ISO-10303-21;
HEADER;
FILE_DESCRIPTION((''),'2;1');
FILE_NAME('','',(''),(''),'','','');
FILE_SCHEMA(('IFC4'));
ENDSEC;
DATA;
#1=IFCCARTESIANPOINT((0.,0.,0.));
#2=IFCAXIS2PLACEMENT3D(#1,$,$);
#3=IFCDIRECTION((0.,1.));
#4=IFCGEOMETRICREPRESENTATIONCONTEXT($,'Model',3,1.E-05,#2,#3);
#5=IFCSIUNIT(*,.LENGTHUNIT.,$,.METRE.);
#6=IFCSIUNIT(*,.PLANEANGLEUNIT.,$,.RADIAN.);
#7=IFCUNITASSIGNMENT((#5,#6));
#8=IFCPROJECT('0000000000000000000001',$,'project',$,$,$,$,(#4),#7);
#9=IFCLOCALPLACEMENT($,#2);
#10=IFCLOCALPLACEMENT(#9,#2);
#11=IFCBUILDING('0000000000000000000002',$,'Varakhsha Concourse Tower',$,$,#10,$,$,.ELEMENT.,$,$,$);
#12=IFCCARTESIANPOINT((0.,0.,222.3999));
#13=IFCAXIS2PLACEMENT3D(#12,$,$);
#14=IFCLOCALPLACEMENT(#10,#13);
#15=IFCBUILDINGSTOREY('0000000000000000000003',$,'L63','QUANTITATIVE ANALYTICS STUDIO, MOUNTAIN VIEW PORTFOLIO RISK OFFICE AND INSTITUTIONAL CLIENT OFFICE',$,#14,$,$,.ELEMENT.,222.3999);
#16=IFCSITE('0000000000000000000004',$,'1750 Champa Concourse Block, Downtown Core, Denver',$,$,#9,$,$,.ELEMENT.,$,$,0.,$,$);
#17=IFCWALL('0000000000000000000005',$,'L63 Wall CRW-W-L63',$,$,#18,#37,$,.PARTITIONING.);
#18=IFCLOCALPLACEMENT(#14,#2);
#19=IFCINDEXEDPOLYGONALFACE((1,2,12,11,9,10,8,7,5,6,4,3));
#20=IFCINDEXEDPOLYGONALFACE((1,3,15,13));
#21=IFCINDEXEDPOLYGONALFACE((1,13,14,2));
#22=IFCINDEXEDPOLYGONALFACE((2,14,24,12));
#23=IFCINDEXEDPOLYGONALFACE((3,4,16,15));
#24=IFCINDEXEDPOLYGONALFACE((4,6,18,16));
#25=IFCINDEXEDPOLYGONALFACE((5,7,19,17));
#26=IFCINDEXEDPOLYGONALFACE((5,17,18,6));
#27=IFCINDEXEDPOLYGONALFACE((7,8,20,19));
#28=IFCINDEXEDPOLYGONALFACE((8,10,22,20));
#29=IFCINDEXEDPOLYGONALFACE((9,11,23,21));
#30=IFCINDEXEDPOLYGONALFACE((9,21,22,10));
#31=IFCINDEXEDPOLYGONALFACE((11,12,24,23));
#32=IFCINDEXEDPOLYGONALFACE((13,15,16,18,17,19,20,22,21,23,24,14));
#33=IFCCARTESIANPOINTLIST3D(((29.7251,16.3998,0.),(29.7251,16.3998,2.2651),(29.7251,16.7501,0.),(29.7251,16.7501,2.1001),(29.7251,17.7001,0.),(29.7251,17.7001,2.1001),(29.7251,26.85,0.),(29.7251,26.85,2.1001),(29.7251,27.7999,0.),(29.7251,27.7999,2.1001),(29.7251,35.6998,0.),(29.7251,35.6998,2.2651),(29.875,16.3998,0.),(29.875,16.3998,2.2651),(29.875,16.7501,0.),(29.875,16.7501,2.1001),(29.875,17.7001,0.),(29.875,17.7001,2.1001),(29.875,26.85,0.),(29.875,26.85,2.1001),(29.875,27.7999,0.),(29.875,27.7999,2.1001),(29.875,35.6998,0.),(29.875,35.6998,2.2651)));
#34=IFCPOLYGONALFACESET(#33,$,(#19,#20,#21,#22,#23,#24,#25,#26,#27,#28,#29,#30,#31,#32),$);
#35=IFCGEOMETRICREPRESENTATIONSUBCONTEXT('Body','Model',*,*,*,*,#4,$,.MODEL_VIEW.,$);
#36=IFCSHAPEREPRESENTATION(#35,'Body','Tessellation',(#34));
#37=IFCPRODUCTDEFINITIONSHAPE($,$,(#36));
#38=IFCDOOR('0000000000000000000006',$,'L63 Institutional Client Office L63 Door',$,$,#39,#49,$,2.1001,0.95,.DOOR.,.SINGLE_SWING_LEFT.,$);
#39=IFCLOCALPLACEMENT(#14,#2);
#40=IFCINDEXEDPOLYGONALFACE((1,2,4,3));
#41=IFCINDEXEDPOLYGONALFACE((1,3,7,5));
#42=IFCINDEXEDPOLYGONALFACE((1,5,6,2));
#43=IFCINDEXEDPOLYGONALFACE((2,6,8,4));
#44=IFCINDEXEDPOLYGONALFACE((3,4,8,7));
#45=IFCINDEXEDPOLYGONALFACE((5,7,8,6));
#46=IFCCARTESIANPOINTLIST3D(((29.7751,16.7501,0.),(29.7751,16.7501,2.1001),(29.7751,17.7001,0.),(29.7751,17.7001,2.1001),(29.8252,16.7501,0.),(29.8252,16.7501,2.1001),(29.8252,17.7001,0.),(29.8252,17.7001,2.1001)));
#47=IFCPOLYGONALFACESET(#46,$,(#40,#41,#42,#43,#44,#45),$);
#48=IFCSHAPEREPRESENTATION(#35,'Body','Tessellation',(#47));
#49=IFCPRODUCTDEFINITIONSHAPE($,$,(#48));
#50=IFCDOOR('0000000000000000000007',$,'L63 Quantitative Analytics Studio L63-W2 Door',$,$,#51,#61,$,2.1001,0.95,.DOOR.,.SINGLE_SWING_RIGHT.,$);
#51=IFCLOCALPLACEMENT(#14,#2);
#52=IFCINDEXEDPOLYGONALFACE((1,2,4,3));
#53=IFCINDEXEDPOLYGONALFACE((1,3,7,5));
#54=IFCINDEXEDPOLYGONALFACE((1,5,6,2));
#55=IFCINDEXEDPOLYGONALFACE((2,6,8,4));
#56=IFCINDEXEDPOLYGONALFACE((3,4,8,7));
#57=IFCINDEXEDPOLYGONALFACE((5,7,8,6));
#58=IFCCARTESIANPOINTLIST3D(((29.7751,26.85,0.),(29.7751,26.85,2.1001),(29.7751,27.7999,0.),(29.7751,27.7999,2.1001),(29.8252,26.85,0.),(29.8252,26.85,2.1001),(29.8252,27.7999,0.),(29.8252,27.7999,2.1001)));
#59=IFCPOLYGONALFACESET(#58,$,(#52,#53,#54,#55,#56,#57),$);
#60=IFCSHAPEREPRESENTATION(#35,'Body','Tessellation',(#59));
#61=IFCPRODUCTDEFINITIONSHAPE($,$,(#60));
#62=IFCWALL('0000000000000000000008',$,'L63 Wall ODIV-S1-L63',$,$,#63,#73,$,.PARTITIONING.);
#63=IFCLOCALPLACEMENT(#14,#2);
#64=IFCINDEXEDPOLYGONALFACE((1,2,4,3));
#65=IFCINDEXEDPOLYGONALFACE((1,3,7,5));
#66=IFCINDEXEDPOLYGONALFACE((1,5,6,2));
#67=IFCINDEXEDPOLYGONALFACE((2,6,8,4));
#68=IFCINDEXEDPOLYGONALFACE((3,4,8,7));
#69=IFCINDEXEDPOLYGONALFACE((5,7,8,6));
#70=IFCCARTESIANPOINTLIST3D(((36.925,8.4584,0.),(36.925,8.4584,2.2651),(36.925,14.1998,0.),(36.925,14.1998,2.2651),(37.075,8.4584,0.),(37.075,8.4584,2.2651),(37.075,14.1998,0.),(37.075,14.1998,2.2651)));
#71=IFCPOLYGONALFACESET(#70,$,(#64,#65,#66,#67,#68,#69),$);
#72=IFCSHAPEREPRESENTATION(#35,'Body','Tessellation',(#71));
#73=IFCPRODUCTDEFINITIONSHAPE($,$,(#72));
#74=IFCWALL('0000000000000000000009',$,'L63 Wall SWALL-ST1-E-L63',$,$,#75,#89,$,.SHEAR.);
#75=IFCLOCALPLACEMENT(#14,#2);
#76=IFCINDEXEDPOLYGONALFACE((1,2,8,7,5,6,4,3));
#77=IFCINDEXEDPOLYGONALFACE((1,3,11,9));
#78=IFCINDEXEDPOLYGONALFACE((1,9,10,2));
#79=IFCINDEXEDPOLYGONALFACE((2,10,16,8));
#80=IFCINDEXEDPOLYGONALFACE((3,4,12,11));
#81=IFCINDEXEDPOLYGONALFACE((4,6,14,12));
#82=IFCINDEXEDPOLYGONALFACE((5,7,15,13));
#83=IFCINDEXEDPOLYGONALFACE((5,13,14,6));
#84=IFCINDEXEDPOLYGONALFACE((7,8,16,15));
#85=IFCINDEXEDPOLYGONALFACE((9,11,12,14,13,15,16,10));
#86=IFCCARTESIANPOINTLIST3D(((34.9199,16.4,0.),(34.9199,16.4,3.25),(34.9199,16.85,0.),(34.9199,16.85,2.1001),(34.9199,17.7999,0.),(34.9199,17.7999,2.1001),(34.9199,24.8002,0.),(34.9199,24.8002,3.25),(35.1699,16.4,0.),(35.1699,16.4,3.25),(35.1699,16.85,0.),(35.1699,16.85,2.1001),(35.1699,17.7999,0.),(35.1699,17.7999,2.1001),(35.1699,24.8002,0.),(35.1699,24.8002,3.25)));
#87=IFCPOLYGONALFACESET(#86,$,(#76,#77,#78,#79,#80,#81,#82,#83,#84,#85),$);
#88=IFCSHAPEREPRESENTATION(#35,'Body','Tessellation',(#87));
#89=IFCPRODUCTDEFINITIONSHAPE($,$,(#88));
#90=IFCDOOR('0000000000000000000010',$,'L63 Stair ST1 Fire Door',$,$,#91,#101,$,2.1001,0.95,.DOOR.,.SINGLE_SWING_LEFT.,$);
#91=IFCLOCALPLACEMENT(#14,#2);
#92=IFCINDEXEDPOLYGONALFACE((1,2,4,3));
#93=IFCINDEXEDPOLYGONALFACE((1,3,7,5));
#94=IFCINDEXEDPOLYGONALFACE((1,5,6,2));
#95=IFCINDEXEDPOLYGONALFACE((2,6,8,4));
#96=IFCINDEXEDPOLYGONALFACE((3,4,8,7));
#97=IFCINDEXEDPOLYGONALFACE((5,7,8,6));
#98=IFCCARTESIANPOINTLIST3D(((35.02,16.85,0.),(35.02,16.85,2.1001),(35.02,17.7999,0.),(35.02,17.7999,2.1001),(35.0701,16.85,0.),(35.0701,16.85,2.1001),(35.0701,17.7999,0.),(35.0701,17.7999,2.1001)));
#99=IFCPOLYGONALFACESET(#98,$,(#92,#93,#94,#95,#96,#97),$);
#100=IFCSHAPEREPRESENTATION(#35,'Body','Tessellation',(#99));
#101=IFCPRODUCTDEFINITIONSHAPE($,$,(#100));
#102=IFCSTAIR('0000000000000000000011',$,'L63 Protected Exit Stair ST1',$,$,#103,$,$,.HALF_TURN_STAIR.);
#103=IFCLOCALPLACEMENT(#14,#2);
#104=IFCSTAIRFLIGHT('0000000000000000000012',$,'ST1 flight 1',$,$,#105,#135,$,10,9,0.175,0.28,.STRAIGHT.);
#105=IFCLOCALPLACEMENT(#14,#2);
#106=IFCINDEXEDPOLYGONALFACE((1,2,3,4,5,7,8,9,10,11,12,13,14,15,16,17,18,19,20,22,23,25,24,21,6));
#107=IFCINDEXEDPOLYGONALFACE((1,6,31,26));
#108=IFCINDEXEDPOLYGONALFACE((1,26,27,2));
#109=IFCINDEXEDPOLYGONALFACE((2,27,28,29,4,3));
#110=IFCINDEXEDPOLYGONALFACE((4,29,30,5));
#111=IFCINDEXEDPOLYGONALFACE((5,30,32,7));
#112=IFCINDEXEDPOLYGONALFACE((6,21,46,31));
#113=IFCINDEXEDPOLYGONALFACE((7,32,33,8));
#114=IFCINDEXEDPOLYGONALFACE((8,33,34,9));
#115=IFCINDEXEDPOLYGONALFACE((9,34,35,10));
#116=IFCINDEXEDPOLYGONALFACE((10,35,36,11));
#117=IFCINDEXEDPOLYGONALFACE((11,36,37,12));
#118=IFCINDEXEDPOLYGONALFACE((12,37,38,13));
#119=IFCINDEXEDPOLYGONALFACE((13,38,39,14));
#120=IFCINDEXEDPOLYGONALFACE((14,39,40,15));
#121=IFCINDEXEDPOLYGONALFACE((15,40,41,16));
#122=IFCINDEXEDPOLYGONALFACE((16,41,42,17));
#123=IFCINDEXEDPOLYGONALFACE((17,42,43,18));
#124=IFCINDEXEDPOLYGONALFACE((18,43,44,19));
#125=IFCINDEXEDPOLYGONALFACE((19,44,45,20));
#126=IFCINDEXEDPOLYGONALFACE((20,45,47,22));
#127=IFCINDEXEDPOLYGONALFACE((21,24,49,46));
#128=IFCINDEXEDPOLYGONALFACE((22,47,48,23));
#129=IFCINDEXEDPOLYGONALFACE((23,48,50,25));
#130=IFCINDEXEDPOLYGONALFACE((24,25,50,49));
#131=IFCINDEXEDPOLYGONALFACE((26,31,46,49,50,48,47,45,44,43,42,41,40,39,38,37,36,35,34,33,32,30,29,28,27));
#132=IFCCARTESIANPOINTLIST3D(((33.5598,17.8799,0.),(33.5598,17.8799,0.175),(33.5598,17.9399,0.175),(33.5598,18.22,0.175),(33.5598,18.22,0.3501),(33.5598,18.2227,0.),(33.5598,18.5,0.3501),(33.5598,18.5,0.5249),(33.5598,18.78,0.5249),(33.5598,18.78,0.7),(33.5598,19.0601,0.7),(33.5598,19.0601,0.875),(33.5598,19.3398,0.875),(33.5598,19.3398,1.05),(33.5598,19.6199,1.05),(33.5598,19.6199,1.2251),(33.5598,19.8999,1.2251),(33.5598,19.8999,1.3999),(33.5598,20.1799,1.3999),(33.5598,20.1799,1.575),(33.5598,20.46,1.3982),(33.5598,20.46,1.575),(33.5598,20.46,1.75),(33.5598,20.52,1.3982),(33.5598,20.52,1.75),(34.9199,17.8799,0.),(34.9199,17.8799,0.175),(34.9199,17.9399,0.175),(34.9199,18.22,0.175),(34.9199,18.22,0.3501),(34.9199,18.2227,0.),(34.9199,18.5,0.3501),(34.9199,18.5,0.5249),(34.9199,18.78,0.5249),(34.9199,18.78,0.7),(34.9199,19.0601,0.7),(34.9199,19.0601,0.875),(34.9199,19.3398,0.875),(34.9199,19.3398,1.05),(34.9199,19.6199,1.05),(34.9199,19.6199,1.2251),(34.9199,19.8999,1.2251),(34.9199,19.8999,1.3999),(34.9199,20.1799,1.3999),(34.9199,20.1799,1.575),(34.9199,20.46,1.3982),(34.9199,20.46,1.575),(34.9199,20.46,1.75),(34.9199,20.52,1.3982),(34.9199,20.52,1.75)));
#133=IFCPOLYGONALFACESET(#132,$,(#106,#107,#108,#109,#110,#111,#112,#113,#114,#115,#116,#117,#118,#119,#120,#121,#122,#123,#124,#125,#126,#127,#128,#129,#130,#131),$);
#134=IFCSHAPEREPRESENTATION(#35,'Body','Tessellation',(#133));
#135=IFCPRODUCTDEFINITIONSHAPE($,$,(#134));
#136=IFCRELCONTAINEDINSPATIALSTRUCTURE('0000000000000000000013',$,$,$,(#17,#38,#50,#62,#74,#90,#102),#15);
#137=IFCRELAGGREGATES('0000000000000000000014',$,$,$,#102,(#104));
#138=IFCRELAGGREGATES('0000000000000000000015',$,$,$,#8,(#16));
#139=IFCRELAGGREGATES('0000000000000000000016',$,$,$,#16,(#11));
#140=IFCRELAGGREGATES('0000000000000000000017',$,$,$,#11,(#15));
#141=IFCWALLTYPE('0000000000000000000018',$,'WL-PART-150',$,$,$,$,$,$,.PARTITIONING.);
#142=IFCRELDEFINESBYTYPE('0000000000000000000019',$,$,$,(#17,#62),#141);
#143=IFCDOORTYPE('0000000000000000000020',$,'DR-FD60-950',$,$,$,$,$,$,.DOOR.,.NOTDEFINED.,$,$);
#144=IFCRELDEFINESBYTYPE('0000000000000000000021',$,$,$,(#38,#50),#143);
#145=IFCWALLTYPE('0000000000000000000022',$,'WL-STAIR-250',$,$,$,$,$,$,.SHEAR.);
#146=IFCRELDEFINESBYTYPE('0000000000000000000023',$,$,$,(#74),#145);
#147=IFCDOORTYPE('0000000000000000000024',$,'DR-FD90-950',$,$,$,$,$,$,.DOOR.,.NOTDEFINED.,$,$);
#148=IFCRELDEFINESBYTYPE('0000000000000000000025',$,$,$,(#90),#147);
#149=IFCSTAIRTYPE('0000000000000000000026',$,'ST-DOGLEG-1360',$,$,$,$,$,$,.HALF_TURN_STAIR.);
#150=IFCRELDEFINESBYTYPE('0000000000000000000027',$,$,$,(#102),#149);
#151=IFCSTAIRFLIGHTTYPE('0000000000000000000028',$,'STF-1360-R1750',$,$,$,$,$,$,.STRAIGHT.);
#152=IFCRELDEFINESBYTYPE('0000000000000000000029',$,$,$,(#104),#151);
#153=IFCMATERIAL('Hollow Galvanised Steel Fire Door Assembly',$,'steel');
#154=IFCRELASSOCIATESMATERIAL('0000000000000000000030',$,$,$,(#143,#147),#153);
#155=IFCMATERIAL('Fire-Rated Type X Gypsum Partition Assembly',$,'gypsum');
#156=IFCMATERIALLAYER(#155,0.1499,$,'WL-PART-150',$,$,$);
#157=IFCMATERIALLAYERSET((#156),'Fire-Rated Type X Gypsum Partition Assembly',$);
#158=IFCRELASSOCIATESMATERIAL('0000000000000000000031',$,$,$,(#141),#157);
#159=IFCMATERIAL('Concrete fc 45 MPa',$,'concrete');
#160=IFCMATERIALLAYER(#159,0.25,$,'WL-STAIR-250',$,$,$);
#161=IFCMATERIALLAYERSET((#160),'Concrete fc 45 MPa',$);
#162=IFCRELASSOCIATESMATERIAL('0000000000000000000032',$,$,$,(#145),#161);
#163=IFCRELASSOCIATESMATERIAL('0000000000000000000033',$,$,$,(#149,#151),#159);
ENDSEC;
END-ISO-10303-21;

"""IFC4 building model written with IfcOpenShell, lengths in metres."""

from ifc_helpers import new_model, si_unit, direction, frame, frame_2d, origin, place, context, subcontext, project, spatial, polyline, rectangle, outline, extrude, material, layer, layer_set, type_object, element, fill, aggregate, save


model = new_model("IFC4")

# Units and contexts
model_context = context("Model", 3, precision=1e-05, world=origin(), true_north=direction((0.0, 1.0)))
body_context = subcontext(model_context, "Body", "Model", "MODEL_VIEW")
ifc_project = project(units=[si_unit("LENGTHUNIT", "METRE"), si_unit("PLANEANGLEUNIT", "RADIAN")], contexts=[model_context])

# Site, building, storey
site_placement = place(None, origin())
site = spatial("IfcSite", under=ifc_project, at=site_placement, Name="1750 Champa Concourse Block, Downtown Core, Denver", CompositionType="ELEMENT", RefElevation=0.0)
building_placement = place(site_placement, origin())
building = spatial("IfcBuilding", under=site, at=building_placement, Name="Varakhsha Concourse Tower", CompositionType="ELEMENT")
storey_placement = place(building_placement, frame((0.0, 0.0, 222.3999)))
storey = spatial("IfcBuildingStorey", under=building, at=storey_placement, Name="L63", Description="QUANTITATIVE ANALYTICS STUDIO, MOUNTAIN VIEW PORTFOLIO RISK OFFICE AND INSTITUTIONAL CLIENT OFFICE", CompositionType="ELEMENT", Elevation=222.3999)

# Shared definitions
ifc_material_1 = material(Name="Hollow Galvanised Steel Fire Door Assembly", Category="steel")
door_type_1 = type_object("IfcDoorType", Name="DR-FD60-950", OperationType="NOTDEFINED", PredefinedType="DOOR", material=ifc_material_1)

# Shared definitions
ifc_material_2 = material(Name="Fire-Rated Type X Gypsum Partition Assembly", Category="gypsum")

# Wall, openings, doors
ifc_layer_1 = layer(ifc_material_2, 0.1499, Name="WL-PART-150")
ifc_layer_set_1 = layer_set([ifc_layer_1], Name="Fire-Rated Type X Gypsum Partition Assembly")
wall_type_1 = type_object("IfcWallType", Name="WL-PART-150", PredefinedType="PARTITIONING", material=ifc_layer_set_1)
wall_1_placement = place(storey_placement, frame((29.8, 16.3999, 0.0), z_axis=(0.0, 0.0, 1.0), x_axis=(0.0, 1.0, 0.0)))
wall_1 = element("IfcWall", 1, at=wall_1_placement, inside=storey, type_object=wall_type_1, Name="L63 Wall CRW-W-L63", PredefinedType="PARTITIONING", context=body_context, shape_type="SweptSolid", body=[
    extrude(rectangle(XDim=19.3, YDim=0.1499, at=frame_2d((9.6499, 0.0))), origin(), (0.0, 0.0, 1.0), 2.2651),
])
opening_1_placement = place(wall_1_placement, frame((0.3501, 0.0, 0.0)))
opening_1 = element("IfcOpeningElement", 2, at=opening_1_placement, cuts=wall_1, PredefinedType="OPENING", context=body_context, shape_type="SweptSolid", body=[
    extrude(rectangle(XDim=0.95, YDim=2.1001, at=frame_2d((0.4751, 1.05))), frame((0.0, 0.085, 0.0), z_axis=(0.0, -1.0, 0.0), x_axis=(1.0, 0.0, 0.0)), (0.0, 0.0, 1.0), 0.1699),
])
opening_2_placement = place(wall_1_placement, frame((10.45, 0.0, 0.0)))
opening_2 = element("IfcOpeningElement", 3, at=opening_2_placement, cuts=wall_1, PredefinedType="OPENING", context=body_context, shape_type="SweptSolid", body=[
    extrude(rectangle(XDim=0.95, YDim=2.1001, at=frame_2d((0.4751, 1.05))), frame((0.0, 0.085, 0.0), z_axis=(0.0, -1.0, 0.0), x_axis=(1.0, 0.0, 0.0)), (0.0, 0.0, 1.0), 0.1699),
])
door_1_placement = place(opening_1_placement, origin())
door_1 = element("IfcDoor", 4, at=door_1_placement, inside=storey, type_object=door_type_1, Name="L63 Institutional Client Office L63 Door", OperationType="SINGLE_SWING_LEFT", OverallHeight=2.1001, OverallWidth=0.95, PredefinedType="DOOR", context=body_context, shape_type="SweptSolid", body=[
    extrude(rectangle(XDim=0.95, YDim=2.1001, at=frame_2d((0.4751, 1.05))), frame((0.0, 0.0249, 0.0), z_axis=(0.0, -1.0, 0.0), x_axis=(1.0, 0.0, 0.0)), (0.0, 0.0, 1.0), 0.05),
])
fill(opening_1, door_1)
door_2_placement = place(opening_2_placement, origin())
door_2 = element("IfcDoor", 5, at=door_2_placement, inside=storey, type_object=door_type_1, Name="L63 Quantitative Analytics Studio L63-W2 Door", OperationType="SINGLE_SWING_RIGHT", OverallHeight=2.1001, OverallWidth=0.95, PredefinedType="DOOR", context=body_context, shape_type="SweptSolid", body=[
    extrude(rectangle(XDim=0.95, YDim=2.1001, at=frame_2d((0.4751, 1.05))), frame((0.0, 0.0249, 0.0), z_axis=(0.0, -1.0, 0.0), x_axis=(1.0, 0.0, 0.0)), (0.0, 0.0, 1.0), 0.05),
])
fill(opening_2, door_2)

# Wall
wall_2_placement = place(storey_placement, frame((37.0, 8.4585, 0.0), z_axis=(0.0, 0.0, 1.0), x_axis=(0.0, 1.0, 0.0)))
element("IfcWall", 6, at=wall_2_placement, inside=storey, type_object=wall_type_1, Name="L63 Wall ODIV-S1-L63", PredefinedType="PARTITIONING", context=body_context, shape_type="SweptSolid", body=[
    extrude(rectangle(XDim=5.7415, YDim=0.1499, at=frame_2d((2.8706, 0.0))), origin(), (0.0, 0.0, 1.0), 2.2651),
])

# Wall, opening, door
ifc_material_3 = material(Name="Concrete fc 45 MPa", Category="concrete")
ifc_layer_2 = layer(ifc_material_3, 0.25, Name="WL-STAIR-250")
ifc_layer_set_2 = layer_set([ifc_layer_2], Name="Concrete fc 45 MPa")
wall_type_2 = type_object("IfcWallType", Name="WL-STAIR-250", PredefinedType="SHEAR", material=ifc_layer_set_2)
wall_3_placement = place(storey_placement, frame((35.0449, 16.3999, 0.0), z_axis=(0.0, 0.0, 1.0), x_axis=(0.0, 1.0, 0.0)))
wall_3 = element("IfcWall", 7, at=wall_3_placement, inside=storey, type_object=wall_type_2, Name="L63 Wall SWALL-ST1-E-L63", PredefinedType="SHEAR", context=body_context, shape_type="SweptSolid", body=[
    extrude(rectangle(XDim=8.4001, YDim=0.25, at=frame_2d((4.2002, 0.0))), origin(), (0.0, 0.0, 1.0), 3.25),
])
opening_3_placement = place(wall_3_placement, frame((0.45, 0.0, 0.0)))
opening_3 = element("IfcOpeningElement", 8, at=opening_3_placement, cuts=wall_3, PredefinedType="OPENING", context=body_context, shape_type="SweptSolid", body=[
    extrude(rectangle(XDim=0.95, YDim=2.1001, at=frame_2d((0.4751, 1.05))), frame((0.0, 0.135, 0.0), z_axis=(0.0, -1.0, 0.0), x_axis=(1.0, 0.0, 0.0)), (0.0, 0.0, 1.0), 0.27),
])
door_type_2 = type_object("IfcDoorType", Name="DR-FD90-950", OperationType="NOTDEFINED", PredefinedType="DOOR", material=ifc_material_1)
door_3_placement = place(opening_3_placement, origin())
door_3 = element("IfcDoor", 9, at=door_3_placement, inside=storey, type_object=door_type_2, Name="L63 Stair ST1 Fire Door", OperationType="SINGLE_SWING_LEFT", OverallHeight=2.1001, OverallWidth=0.95, PredefinedType="DOOR", context=body_context, shape_type="SweptSolid", body=[
    extrude(rectangle(XDim=0.95, YDim=2.1001, at=frame_2d((0.4751, 1.05))), frame((0.0, 0.0249, 0.0), z_axis=(0.0, -1.0, 0.0), x_axis=(1.0, 0.0, 0.0)), (0.0, 0.0, 1.0), 0.05),
])
fill(opening_3, door_3)

# Stair, stair flight
stair_type = type_object("IfcStairType", Name="ST-DOGLEG-1360", PredefinedType="HALF_TURN_STAIR", material=ifc_material_3)
stair_placement = place(storey_placement, origin())
stair = element("IfcStair", 10, at=stair_placement, inside=storey, type_object=stair_type, Name="L63 Protected Exit Stair ST1", PredefinedType="HALF_TURN_STAIR")
stair_flight_type = type_object("IfcStairFlightType", Name="STF-1360-R1750", PredefinedType="STRAIGHT", material=ifc_material_3)
stair_flight_placement = place(storey_placement, frame((34.24, 17.9399, 0.0), z_axis=(0.0, 0.0, 1.0), x_axis=(0.0, 1.0, 0.0)))
stair_flight = element("IfcStairFlight", 11, at=stair_flight_placement, type_object=stair_flight_type, Name="ST1 flight 1", NumberOfRisers=10, NumberOfTreads=9, PredefinedType="STRAIGHT", RiserHeight=0.175, TreadLength=0.28, context=body_context, shape_type="SweptSolid", body=[
    extrude(outline(polyline([(-0.0601, 0.0), (-0.0601, 0.175), (0.0, 0.175), (0.28, 0.175), (0.28, 0.3501), (0.5601, 0.3501), (0.5601, 0.5249), (0.8401, 0.5249), (0.8401, 0.7), (1.1201, 0.7), (1.1201, 0.875), (1.3999, 0.875), (1.3999, 1.05), (1.6799, 1.05), (1.6799, 1.2251), (1.96, 1.2251), (1.96, 1.3999), (2.24, 1.3999), (2.24, 1.575), (2.52, 1.575), (2.52, 1.75), (2.5801, 1.75), (2.5801, 1.3982), (2.52, 1.3982), (0.2827, 0.0), (-0.0601, 0.0)])), frame((0.0, 0.6802, 0.0), z_axis=(0.0, -1.0, 0.0), x_axis=(1.0, 0.0, 0.0)), (0.0, 0.0, 1.0), 1.3601),
])
aggregate(stair, [stair_flight])

save(model, "model.ifc")
